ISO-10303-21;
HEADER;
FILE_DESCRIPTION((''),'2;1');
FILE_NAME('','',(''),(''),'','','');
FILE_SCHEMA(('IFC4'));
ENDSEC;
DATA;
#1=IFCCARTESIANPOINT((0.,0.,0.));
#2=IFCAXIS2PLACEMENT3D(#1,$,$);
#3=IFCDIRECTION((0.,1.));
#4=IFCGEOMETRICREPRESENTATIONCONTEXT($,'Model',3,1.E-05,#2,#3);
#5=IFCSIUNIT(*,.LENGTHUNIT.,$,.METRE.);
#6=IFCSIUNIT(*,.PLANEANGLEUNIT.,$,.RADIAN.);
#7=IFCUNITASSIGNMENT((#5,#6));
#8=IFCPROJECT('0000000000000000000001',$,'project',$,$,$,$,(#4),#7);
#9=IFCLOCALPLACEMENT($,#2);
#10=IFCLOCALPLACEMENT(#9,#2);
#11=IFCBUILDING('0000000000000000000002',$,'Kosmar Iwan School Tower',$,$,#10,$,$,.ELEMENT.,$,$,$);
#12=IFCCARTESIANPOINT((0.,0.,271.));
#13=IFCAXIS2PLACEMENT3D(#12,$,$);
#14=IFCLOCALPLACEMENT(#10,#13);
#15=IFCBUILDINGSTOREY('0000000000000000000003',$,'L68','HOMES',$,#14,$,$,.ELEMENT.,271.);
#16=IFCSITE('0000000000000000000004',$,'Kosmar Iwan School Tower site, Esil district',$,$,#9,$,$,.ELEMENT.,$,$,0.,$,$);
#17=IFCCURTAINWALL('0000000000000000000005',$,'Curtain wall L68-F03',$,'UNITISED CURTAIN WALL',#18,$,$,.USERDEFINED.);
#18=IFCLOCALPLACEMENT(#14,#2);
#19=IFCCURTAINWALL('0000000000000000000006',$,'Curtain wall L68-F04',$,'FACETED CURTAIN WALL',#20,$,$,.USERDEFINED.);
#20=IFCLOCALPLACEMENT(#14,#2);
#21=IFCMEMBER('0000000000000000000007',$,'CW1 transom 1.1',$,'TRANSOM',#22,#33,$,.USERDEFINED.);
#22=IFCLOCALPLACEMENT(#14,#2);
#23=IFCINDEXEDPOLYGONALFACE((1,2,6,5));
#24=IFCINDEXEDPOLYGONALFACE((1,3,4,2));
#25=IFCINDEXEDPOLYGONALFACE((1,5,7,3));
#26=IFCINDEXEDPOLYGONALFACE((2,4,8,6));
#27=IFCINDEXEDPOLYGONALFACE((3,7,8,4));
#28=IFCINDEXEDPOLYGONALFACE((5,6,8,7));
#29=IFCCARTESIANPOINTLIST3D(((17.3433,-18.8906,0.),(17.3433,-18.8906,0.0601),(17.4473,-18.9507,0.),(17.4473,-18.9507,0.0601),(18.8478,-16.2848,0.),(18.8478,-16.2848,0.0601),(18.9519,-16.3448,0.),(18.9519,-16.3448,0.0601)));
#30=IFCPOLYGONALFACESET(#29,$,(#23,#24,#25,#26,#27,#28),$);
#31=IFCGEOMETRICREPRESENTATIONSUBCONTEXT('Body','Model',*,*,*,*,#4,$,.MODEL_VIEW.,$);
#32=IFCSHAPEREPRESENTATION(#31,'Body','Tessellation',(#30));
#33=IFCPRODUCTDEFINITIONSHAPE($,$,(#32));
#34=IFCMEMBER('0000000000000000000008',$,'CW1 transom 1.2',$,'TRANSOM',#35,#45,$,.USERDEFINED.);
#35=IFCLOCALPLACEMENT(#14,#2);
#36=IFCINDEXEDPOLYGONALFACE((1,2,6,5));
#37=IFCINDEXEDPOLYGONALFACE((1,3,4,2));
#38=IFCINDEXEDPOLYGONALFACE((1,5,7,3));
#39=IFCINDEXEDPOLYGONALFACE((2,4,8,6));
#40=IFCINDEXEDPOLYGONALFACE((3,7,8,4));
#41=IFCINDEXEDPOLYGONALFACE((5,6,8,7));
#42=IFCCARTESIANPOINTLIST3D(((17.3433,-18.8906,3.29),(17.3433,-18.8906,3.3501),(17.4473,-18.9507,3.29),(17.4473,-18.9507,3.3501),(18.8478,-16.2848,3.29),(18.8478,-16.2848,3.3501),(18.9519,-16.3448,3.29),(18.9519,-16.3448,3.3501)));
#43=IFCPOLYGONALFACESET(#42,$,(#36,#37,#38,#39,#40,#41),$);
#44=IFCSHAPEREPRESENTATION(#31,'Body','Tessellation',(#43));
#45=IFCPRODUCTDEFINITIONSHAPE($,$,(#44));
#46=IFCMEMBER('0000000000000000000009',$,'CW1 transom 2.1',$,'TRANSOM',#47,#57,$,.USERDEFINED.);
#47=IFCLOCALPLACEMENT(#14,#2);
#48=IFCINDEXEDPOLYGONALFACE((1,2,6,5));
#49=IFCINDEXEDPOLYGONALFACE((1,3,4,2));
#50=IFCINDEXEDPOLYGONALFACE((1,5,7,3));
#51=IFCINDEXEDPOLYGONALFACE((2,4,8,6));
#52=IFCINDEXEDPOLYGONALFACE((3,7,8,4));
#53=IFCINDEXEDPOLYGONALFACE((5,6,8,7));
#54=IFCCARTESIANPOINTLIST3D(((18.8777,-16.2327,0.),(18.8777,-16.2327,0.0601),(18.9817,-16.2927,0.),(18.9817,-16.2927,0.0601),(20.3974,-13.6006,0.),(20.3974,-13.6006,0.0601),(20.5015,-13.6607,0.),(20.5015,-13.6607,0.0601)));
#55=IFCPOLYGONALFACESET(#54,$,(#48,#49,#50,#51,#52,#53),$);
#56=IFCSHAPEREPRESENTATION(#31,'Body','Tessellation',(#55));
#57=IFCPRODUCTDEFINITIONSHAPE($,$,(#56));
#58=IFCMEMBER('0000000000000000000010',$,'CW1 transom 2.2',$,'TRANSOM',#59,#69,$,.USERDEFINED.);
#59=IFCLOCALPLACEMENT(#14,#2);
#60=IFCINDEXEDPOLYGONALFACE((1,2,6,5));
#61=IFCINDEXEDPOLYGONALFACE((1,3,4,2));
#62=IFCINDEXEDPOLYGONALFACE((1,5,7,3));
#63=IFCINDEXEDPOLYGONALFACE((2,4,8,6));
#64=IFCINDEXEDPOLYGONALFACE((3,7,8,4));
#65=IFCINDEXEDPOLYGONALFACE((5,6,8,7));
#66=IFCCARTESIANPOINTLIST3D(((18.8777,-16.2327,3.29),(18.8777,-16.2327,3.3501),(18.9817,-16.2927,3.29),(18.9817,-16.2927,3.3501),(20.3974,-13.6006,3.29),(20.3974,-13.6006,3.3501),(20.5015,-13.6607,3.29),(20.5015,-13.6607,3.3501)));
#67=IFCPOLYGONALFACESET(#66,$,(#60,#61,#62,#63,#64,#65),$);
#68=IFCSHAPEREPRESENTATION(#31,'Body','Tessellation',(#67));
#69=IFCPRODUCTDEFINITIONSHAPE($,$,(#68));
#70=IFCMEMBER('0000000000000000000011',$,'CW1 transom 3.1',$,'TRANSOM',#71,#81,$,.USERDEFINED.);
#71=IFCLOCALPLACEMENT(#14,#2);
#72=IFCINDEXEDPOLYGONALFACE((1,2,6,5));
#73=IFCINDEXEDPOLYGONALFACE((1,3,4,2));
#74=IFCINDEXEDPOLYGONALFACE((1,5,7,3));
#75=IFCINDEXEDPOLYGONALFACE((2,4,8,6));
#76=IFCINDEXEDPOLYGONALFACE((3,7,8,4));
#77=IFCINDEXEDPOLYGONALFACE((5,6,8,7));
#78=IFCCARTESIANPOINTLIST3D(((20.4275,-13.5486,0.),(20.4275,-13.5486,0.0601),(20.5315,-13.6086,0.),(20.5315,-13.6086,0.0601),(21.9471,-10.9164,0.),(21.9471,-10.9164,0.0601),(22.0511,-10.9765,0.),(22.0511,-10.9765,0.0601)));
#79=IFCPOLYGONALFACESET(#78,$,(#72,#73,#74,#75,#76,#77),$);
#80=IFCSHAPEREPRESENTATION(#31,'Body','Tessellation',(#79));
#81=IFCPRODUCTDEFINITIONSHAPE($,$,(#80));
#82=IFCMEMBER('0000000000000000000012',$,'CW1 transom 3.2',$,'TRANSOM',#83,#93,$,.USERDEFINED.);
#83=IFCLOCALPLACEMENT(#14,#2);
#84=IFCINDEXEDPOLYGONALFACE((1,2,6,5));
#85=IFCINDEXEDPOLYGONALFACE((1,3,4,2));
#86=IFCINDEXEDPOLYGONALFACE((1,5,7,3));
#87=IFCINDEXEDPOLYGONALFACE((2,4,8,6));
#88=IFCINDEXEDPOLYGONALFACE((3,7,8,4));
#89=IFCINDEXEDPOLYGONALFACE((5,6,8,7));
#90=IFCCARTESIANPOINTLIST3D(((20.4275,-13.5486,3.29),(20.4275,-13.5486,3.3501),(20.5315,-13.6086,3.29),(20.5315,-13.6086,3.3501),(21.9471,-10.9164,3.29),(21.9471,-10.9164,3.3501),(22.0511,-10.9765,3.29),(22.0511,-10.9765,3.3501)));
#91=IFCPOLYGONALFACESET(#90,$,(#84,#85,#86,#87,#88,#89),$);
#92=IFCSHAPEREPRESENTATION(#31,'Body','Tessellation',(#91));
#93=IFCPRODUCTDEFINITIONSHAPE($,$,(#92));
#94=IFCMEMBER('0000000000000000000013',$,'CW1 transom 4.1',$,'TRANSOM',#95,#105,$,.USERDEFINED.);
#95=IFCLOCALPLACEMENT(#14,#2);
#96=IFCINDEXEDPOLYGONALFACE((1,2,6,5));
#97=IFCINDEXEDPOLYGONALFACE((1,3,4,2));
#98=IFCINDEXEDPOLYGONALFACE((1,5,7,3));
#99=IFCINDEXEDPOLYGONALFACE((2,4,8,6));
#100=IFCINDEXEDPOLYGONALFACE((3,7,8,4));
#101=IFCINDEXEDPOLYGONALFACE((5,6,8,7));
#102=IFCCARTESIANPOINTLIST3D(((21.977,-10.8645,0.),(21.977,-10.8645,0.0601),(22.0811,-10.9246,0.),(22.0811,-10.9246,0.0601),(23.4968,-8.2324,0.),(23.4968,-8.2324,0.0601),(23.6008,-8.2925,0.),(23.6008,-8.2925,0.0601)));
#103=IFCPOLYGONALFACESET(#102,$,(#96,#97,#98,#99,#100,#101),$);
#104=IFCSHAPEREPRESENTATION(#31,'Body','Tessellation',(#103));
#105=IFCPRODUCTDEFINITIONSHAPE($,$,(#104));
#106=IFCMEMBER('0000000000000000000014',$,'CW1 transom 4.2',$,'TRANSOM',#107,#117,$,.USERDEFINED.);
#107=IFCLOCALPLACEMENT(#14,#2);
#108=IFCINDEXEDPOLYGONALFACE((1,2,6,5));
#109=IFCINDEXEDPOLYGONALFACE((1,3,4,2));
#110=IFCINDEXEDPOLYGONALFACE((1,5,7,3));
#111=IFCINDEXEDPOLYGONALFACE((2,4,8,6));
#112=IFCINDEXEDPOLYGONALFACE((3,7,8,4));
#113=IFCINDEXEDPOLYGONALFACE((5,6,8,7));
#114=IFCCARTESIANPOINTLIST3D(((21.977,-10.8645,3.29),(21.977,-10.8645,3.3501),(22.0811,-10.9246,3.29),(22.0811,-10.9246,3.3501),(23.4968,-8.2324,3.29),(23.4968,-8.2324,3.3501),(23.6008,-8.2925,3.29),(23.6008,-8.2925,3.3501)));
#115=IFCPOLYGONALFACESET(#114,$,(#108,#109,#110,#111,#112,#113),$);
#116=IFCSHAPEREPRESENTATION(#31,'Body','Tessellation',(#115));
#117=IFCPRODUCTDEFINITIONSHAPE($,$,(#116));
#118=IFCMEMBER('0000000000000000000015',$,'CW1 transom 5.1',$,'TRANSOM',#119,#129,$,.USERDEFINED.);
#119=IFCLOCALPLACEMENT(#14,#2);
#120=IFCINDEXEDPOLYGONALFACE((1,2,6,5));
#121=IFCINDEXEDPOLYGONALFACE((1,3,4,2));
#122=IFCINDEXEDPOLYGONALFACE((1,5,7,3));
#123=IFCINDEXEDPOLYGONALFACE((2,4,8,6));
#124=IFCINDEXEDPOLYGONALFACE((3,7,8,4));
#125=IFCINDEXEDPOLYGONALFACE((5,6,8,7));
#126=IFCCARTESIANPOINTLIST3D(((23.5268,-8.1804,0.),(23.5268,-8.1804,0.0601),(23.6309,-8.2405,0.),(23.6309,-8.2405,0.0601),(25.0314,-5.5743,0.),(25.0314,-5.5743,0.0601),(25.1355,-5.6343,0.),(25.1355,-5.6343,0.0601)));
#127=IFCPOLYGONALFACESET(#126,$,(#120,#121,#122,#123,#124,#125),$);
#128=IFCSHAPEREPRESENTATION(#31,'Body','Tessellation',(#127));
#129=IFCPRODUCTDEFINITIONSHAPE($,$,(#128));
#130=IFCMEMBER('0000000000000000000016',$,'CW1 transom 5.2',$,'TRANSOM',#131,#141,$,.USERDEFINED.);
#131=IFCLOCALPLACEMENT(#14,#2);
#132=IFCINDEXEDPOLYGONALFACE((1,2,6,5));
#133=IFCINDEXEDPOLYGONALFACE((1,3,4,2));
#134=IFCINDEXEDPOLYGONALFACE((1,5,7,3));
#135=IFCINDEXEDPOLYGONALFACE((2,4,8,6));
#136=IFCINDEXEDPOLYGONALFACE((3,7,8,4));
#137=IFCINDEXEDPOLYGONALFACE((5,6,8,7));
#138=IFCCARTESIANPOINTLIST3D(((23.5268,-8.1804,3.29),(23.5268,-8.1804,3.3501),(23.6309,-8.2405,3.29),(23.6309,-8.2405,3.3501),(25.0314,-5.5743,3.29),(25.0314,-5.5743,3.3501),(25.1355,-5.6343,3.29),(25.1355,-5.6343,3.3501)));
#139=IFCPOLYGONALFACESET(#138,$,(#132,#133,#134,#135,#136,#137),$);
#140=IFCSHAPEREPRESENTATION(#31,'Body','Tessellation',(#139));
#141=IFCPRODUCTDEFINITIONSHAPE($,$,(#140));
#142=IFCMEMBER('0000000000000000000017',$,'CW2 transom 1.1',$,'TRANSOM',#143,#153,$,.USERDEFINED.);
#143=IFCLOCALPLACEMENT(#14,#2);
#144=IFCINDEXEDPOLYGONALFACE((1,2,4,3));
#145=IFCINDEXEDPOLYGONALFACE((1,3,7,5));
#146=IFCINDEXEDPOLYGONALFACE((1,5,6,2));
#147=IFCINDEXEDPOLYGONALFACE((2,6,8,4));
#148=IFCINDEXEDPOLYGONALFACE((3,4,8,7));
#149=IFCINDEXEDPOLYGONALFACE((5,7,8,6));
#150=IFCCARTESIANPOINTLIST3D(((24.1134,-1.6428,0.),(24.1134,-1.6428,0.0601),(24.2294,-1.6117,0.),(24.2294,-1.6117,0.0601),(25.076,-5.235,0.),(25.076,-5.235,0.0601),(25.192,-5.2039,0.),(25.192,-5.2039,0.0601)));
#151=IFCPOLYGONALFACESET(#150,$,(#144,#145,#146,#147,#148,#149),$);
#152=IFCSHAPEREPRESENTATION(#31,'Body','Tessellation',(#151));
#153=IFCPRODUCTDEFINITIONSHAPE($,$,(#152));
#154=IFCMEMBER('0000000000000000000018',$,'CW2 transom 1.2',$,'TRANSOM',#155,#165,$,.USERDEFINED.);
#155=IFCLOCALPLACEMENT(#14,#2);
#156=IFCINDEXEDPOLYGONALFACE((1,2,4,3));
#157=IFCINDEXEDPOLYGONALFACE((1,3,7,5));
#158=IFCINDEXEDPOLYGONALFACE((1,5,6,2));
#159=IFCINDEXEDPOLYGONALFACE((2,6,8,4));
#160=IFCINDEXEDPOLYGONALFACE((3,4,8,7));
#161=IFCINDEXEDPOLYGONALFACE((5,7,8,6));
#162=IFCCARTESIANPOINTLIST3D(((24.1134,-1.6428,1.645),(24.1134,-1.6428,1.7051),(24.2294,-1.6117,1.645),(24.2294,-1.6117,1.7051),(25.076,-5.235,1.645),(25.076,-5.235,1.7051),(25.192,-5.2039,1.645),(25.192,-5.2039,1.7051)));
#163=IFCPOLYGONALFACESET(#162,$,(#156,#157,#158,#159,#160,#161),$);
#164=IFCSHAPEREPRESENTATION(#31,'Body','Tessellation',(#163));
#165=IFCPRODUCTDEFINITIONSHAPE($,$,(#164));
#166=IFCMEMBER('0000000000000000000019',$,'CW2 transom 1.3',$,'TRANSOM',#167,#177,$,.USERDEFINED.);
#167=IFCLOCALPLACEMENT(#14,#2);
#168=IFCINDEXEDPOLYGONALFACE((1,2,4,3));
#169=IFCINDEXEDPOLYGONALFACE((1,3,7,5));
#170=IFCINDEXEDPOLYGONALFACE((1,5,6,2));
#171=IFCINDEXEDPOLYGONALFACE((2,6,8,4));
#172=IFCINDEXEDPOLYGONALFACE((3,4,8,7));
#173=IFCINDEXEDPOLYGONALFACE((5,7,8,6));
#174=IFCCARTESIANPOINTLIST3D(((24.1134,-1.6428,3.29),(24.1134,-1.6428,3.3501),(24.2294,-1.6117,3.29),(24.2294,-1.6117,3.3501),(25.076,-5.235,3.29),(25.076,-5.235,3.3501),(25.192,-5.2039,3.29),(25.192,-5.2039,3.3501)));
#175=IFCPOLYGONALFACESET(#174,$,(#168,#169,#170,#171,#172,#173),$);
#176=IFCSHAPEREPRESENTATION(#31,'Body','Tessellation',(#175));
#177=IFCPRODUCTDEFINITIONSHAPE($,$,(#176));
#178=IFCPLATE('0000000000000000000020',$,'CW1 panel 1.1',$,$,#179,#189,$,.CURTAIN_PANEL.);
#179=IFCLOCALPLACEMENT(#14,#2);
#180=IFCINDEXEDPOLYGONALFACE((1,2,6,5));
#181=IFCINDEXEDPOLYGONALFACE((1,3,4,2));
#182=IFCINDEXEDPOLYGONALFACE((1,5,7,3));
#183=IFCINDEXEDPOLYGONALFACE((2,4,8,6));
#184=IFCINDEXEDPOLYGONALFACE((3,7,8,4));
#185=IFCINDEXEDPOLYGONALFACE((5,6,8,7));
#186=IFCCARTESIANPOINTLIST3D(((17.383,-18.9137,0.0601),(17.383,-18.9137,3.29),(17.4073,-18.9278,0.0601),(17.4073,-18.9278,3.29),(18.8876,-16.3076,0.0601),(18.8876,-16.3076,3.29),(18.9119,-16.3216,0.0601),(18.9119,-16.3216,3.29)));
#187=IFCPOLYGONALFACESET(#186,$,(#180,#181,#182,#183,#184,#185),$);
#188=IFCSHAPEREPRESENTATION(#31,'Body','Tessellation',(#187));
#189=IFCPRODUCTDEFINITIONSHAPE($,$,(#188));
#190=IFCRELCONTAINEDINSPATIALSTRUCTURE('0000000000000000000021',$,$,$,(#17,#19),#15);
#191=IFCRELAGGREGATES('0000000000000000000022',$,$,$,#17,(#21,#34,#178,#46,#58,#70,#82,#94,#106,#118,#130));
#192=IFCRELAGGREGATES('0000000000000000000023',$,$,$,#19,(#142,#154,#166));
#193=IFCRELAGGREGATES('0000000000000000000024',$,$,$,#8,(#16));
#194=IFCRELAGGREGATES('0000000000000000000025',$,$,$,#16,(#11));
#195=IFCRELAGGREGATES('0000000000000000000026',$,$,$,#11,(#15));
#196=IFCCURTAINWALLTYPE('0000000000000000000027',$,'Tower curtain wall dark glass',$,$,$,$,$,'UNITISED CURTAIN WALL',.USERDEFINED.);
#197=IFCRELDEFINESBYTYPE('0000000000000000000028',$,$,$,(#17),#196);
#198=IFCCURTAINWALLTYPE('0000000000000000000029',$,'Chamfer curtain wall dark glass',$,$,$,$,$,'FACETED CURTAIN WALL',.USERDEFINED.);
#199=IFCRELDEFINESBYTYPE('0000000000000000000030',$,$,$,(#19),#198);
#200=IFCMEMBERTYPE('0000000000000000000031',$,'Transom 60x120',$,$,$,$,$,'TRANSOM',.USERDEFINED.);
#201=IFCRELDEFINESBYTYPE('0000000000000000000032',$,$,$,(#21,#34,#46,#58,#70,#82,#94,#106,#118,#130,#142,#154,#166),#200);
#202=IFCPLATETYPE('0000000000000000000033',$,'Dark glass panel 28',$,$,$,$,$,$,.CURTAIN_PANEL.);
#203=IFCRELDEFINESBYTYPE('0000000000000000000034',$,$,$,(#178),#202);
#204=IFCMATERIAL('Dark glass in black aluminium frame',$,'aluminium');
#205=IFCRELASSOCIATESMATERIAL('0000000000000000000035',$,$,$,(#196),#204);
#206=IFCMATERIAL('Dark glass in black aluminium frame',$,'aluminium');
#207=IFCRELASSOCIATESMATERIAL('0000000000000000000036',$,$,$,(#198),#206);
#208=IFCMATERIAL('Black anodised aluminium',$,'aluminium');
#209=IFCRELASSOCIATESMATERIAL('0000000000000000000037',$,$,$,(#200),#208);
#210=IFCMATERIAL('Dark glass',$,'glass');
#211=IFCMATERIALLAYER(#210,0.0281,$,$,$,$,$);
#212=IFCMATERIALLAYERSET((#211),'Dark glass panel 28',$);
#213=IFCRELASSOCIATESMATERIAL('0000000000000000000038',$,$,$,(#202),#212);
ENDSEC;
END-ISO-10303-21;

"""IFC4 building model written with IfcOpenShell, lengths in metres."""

from ifc_helpers import new_model, si_unit, direction, frame, origin, origin_2d, place, context, subcontext, project, spatial, rectangle, extrude, material, layer, layer_set, material_profile, profile_set, type_object, element, aggregate, save


model = new_model("IFC4")

# Units and contexts
model_context = context("Model", 3, precision=1e-05, world=origin(), true_north=direction((0.0, 1.0)))
body_context = subcontext(model_context, "Body", "Model", "MODEL_VIEW")
ifc_project = project(units=[si_unit("LENGTHUNIT", "METRE"), si_unit("PLANEANGLEUNIT", "RADIAN")], contexts=[model_context])

# Site, building, storey
site_placement = place(None, origin())
site = spatial("IfcSite", under=ifc_project, at=site_placement, Name="Kosmar Iwan School Tower site, Esil district", CompositionType="ELEMENT", RefElevation=0.0)
building_placement = place(site_placement, origin())
building = spatial("IfcBuilding", under=site, at=building_placement, Name="Kosmar Iwan School Tower", CompositionType="ELEMENT")
storey_placement = place(building_placement, frame((0.0, 0.0, 271.0)))
storey = spatial("IfcBuildingStorey", under=building, at=storey_placement, Name="L68", Description="HOMES", CompositionType="ELEMENT", Elevation=271.0)

# Curtain walls
ifc_material_1 = material(Name="Dark glass in black aluminium frame", Category="aluminium")
curtain_wall_type_1 = type_object("IfcCurtainWallType", Name="Tower curtain wall dark glass", ElementType="UNITISED CURTAIN WALL", PredefinedType="USERDEFINED", material=ifc_material_1)
curtain_wall_1_placement = place(storey_placement, origin())
curtain_wall_1 = element("IfcCurtainWall", 1, at=curtain_wall_1_placement, inside=storey, type_object=curtain_wall_type_1, Name="Curtain wall L68-F03", ObjectType="UNITISED CURTAIN WALL", PredefinedType="USERDEFINED")
ifc_material_2 = material(Name="Dark glass in black aluminium frame", Category="aluminium")
curtain_wall_type_2 = type_object("IfcCurtainWallType", Name="Chamfer curtain wall dark glass", ElementType="FACETED CURTAIN WALL", PredefinedType="USERDEFINED", material=ifc_material_2)
curtain_wall_2_placement = place(storey_placement, origin())
curtain_wall_2 = element("IfcCurtainWall", 2, at=curtain_wall_2_placement, inside=storey, type_object=curtain_wall_type_2, Name="Curtain wall L68-F04", ObjectType="FACETED CURTAIN WALL", PredefinedType="USERDEFINED")

# Members
ifc_material_3 = material(Name="Black anodised aluminium", Category="aluminium")
ifc_material_profile_1 = material_profile(ifc_material_3, rectangle(XDim=0.1201, YDim=0.0601, at=origin_2d()), Name="TRANSOM 60x120")
ifc_profile_set_1 = profile_set([ifc_material_profile_1], Name="Black anodised aluminium")
member_type_1 = type_object("IfcMemberType", Name="Transom 60x120", ElementType="TRANSOM", PredefinedType="USERDEFINED", material=ifc_profile_set_1)
member_1_placement = place(storey_placement, frame((17.3953, -18.9207, 0.03), z_axis=(0.500022, 0.866013, 0.0), x_axis=(-0.866013, 0.500022, 0.0)))
member_1 = element("IfcMember", 3, at=member_1_placement, type_object=member_type_1, Name="CW1 transom 1.1", ObjectType="TRANSOM", PredefinedType="USERDEFINED", context=body_context, shape_type="SweptSolid", body=[
    extrude(rectangle(XDim=0.1201, YDim=0.0601, at=origin_2d()), origin(), (0.0, 0.0, 1.0), 3.009),
])
member_2_placement = place(storey_placement, frame((17.3953, -18.9207, 3.3201), z_axis=(0.500022, 0.866013, 0.0), x_axis=(-0.866013, 0.500022, 0.0)))
member_2 = element("IfcMember", 4, at=member_2_placement, type_object=member_type_1, Name="CW1 transom 1.2", ObjectType="TRANSOM", PredefinedType="USERDEFINED", context=body_context, shape_type="SweptSolid", body=[
    extrude(rectangle(XDim=0.1201, YDim=0.0601, at=origin_2d()), origin(), (0.0, 0.0, 1.0), 3.009),
])
member_3_placement = place(storey_placement, frame((18.9297, -16.2627, 0.03), z_axis=(0.500035, 0.866005, 0.0), x_axis=(-0.866005, 0.500035, 0.0)))
member_3 = element("IfcMember", 5, at=member_3_placement, type_object=member_type_1, Name="CW1 transom 2.1", ObjectType="TRANSOM", PredefinedType="USERDEFINED", context=body_context, shape_type="SweptSolid", body=[
    extrude(rectangle(XDim=0.1201, YDim=0.0601, at=origin_2d()), origin(), (0.0, 0.0, 1.0), 3.0393),
])
member_4_placement = place(storey_placement, frame((18.9297, -16.2627, 3.3201), z_axis=(0.500035, 0.866005, 0.0), x_axis=(-0.866005, 0.500035, 0.0)))
member_4 = element("IfcMember", 6, at=member_4_placement, type_object=member_type_1, Name="CW1 transom 2.2", ObjectType="TRANSOM", PredefinedType="USERDEFINED", context=body_context, shape_type="SweptSolid", body=[
    extrude(rectangle(XDim=0.1201, YDim=0.0601, at=origin_2d()), origin(), (0.0, 0.0, 1.0), 3.0393),
])
member_5_placement = place(storey_placement, frame((20.4795, -13.5786, 0.03), z_axis=(0.499975, 0.86604, 0.0), x_axis=(-0.86604, 0.499975, 0.0)))
member_5 = element("IfcMember", 7, at=member_5_placement, type_object=member_type_1, Name="CW1 transom 3.1", ObjectType="TRANSOM", PredefinedType="USERDEFINED", context=body_context, shape_type="SweptSolid", body=[
    extrude(rectangle(XDim=0.1201, YDim=0.0601, at=origin_2d()), origin(), (0.0, 0.0, 1.0), 3.0393),
])
member_6_placement = place(storey_placement, frame((20.4795, -13.5786, 3.3201), z_axis=(0.499975, 0.86604, 0.0), x_axis=(-0.86604, 0.499975, 0.0)))
member_6 = element("IfcMember", 8, at=member_6_placement, type_object=member_type_1, Name="CW1 transom 3.2", ObjectType="TRANSOM", PredefinedType="USERDEFINED", context=body_context, shape_type="SweptSolid", body=[
    extrude(rectangle(XDim=0.1201, YDim=0.0601, at=origin_2d()), origin(), (0.0, 0.0, 1.0), 3.0393),
])
member_7_placement = place(storey_placement, frame((22.0291, -10.8945, 0.03), z_axis=(0.500035, 0.866005, 0.0), x_axis=(-0.866005, 0.500035, 0.0)))
member_7 = element("IfcMember", 9, at=member_7_placement, type_object=member_type_1, Name="CW1 transom 4.1", ObjectType="TRANSOM", PredefinedType="USERDEFINED", context=body_context, shape_type="SweptSolid", body=[
    extrude(rectangle(XDim=0.1201, YDim=0.0601, at=origin_2d()), origin(), (0.0, 0.0, 1.0), 3.0393),
])
member_8_placement = place(storey_placement, frame((22.0291, -10.8945, 3.3201), z_axis=(0.500035, 0.866005, 0.0), x_axis=(-0.866005, 0.500035, 0.0)))
member_8 = element("IfcMember", 10, at=member_8_placement, type_object=member_type_1, Name="CW1 transom 4.2", ObjectType="TRANSOM", PredefinedType="USERDEFINED", context=body_context, shape_type="SweptSolid", body=[
    extrude(rectangle(XDim=0.1201, YDim=0.0601, at=origin_2d()), origin(), (0.0, 0.0, 1.0), 3.0393),
])
member_9_placement = place(storey_placement, frame((23.5789, -8.2104, 0.03), z_axis=(0.499987, 0.866033, 0.0), x_axis=(-0.866033, 0.499987, 0.0)))
member_9 = element("IfcMember", 11, at=member_9_placement, type_object=member_type_1, Name="CW1 transom 5.1", ObjectType="TRANSOM", PredefinedType="USERDEFINED", context=body_context, shape_type="SweptSolid", body=[
    extrude(rectangle(XDim=0.1201, YDim=0.0601, at=origin_2d()), origin(), (0.0, 0.0, 1.0), 3.0093),
])
member_10_placement = place(storey_placement, frame((23.5789, -8.2104, 3.3201), z_axis=(0.499987, 0.866033, 0.0), x_axis=(-0.866033, 0.499987, 0.0)))
member_10 = element("IfcMember", 12, at=member_10_placement, type_object=member_type_1, Name="CW1 transom 5.2", ObjectType="TRANSOM", PredefinedType="USERDEFINED", context=body_context, shape_type="SweptSolid", body=[
    extrude(rectangle(XDim=0.1201, YDim=0.0601, at=origin_2d()), origin(), (0.0, 0.0, 1.0), 3.0093),
])
member_11_placement = place(storey_placement, frame((25.134, -5.2195, 0.03), z_axis=(-0.258843, 0.965919, 0.0), x_axis=(-0.965919, -0.258843, 0.0)))
member_11 = element("IfcMember", 13, at=member_11_placement, type_object=member_type_1, Name="CW2 transom 1.1", ObjectType="TRANSOM", PredefinedType="USERDEFINED", context=body_context, shape_type="SweptSolid", body=[
    extrude(rectangle(XDim=0.1201, YDim=0.0601, at=origin_2d()), origin(), (0.0, 0.0, 1.0), 3.719),
])
member_12_placement = place(storey_placement, frame((25.134, -5.2195, 1.675), z_axis=(-0.258843, 0.965919, 0.0), x_axis=(-0.965919, -0.258843, 0.0)))
member_12 = element("IfcMember", 14, at=member_12_placement, type_object=member_type_1, Name="CW2 transom 1.2", ObjectType="TRANSOM", PredefinedType="USERDEFINED", context=body_context, shape_type="SweptSolid", body=[
    extrude(rectangle(XDim=0.1201, YDim=0.0601, at=origin_2d()), origin(), (0.0, 0.0, 1.0), 3.719),
])
member_13_placement = place(storey_placement, frame((25.134, -5.2195, 3.3201), z_axis=(-0.258843, 0.965919, 0.0), x_axis=(-0.965919, -0.258843, 0.0)))
member_13 = element("IfcMember", 15, at=member_13_placement, type_object=member_type_1, Name="CW2 transom 1.3", ObjectType="TRANSOM", PredefinedType="USERDEFINED", context=body_context, shape_type="SweptSolid", body=[
    extrude(rectangle(XDim=0.1201, YDim=0.0601, at=origin_2d()), origin(), (0.0, 0.0, 1.0), 3.719),
])

# Plate
ifc_material_4 = material(Name="Dark glass", Category="glass")
ifc_layer_1 = layer(ifc_material_4, 0.0281)
ifc_layer_set_1 = layer_set([ifc_layer_1], Name="Dark glass panel 28")
plate_type = type_object("IfcPlateType", Name="Dark glass panel 28", PredefinedType="CURTAIN_PANEL", material=ifc_layer_set_1)
plate_1_placement = place(storey_placement, frame((18.1475, -17.6177, 0.0601), z_axis=(0.0, 0.0, 1.0), x_axis=(0.5, 0.866025, 0.0)))
plate_1 = element("IfcPlate", 16, at=plate_1_placement, type_object=plate_type, Name="CW1 panel 1.1", PredefinedType="CURTAIN_PANEL", context=body_context, shape_type="SweptSolid", body=[
    extrude(rectangle(XDim=3.0093, YDim=0.0281, at=origin_2d()), origin(), (0.0, 0.0, 1.0), 3.23),
])
aggregate(curtain_wall_1, [member_1, member_2, plate_1, member_3, member_4, member_5, member_6, member_7, member_8, member_9, member_10])
aggregate(curtain_wall_2, [member_11, member_12, member_13])

save(model, "model.ifc")
